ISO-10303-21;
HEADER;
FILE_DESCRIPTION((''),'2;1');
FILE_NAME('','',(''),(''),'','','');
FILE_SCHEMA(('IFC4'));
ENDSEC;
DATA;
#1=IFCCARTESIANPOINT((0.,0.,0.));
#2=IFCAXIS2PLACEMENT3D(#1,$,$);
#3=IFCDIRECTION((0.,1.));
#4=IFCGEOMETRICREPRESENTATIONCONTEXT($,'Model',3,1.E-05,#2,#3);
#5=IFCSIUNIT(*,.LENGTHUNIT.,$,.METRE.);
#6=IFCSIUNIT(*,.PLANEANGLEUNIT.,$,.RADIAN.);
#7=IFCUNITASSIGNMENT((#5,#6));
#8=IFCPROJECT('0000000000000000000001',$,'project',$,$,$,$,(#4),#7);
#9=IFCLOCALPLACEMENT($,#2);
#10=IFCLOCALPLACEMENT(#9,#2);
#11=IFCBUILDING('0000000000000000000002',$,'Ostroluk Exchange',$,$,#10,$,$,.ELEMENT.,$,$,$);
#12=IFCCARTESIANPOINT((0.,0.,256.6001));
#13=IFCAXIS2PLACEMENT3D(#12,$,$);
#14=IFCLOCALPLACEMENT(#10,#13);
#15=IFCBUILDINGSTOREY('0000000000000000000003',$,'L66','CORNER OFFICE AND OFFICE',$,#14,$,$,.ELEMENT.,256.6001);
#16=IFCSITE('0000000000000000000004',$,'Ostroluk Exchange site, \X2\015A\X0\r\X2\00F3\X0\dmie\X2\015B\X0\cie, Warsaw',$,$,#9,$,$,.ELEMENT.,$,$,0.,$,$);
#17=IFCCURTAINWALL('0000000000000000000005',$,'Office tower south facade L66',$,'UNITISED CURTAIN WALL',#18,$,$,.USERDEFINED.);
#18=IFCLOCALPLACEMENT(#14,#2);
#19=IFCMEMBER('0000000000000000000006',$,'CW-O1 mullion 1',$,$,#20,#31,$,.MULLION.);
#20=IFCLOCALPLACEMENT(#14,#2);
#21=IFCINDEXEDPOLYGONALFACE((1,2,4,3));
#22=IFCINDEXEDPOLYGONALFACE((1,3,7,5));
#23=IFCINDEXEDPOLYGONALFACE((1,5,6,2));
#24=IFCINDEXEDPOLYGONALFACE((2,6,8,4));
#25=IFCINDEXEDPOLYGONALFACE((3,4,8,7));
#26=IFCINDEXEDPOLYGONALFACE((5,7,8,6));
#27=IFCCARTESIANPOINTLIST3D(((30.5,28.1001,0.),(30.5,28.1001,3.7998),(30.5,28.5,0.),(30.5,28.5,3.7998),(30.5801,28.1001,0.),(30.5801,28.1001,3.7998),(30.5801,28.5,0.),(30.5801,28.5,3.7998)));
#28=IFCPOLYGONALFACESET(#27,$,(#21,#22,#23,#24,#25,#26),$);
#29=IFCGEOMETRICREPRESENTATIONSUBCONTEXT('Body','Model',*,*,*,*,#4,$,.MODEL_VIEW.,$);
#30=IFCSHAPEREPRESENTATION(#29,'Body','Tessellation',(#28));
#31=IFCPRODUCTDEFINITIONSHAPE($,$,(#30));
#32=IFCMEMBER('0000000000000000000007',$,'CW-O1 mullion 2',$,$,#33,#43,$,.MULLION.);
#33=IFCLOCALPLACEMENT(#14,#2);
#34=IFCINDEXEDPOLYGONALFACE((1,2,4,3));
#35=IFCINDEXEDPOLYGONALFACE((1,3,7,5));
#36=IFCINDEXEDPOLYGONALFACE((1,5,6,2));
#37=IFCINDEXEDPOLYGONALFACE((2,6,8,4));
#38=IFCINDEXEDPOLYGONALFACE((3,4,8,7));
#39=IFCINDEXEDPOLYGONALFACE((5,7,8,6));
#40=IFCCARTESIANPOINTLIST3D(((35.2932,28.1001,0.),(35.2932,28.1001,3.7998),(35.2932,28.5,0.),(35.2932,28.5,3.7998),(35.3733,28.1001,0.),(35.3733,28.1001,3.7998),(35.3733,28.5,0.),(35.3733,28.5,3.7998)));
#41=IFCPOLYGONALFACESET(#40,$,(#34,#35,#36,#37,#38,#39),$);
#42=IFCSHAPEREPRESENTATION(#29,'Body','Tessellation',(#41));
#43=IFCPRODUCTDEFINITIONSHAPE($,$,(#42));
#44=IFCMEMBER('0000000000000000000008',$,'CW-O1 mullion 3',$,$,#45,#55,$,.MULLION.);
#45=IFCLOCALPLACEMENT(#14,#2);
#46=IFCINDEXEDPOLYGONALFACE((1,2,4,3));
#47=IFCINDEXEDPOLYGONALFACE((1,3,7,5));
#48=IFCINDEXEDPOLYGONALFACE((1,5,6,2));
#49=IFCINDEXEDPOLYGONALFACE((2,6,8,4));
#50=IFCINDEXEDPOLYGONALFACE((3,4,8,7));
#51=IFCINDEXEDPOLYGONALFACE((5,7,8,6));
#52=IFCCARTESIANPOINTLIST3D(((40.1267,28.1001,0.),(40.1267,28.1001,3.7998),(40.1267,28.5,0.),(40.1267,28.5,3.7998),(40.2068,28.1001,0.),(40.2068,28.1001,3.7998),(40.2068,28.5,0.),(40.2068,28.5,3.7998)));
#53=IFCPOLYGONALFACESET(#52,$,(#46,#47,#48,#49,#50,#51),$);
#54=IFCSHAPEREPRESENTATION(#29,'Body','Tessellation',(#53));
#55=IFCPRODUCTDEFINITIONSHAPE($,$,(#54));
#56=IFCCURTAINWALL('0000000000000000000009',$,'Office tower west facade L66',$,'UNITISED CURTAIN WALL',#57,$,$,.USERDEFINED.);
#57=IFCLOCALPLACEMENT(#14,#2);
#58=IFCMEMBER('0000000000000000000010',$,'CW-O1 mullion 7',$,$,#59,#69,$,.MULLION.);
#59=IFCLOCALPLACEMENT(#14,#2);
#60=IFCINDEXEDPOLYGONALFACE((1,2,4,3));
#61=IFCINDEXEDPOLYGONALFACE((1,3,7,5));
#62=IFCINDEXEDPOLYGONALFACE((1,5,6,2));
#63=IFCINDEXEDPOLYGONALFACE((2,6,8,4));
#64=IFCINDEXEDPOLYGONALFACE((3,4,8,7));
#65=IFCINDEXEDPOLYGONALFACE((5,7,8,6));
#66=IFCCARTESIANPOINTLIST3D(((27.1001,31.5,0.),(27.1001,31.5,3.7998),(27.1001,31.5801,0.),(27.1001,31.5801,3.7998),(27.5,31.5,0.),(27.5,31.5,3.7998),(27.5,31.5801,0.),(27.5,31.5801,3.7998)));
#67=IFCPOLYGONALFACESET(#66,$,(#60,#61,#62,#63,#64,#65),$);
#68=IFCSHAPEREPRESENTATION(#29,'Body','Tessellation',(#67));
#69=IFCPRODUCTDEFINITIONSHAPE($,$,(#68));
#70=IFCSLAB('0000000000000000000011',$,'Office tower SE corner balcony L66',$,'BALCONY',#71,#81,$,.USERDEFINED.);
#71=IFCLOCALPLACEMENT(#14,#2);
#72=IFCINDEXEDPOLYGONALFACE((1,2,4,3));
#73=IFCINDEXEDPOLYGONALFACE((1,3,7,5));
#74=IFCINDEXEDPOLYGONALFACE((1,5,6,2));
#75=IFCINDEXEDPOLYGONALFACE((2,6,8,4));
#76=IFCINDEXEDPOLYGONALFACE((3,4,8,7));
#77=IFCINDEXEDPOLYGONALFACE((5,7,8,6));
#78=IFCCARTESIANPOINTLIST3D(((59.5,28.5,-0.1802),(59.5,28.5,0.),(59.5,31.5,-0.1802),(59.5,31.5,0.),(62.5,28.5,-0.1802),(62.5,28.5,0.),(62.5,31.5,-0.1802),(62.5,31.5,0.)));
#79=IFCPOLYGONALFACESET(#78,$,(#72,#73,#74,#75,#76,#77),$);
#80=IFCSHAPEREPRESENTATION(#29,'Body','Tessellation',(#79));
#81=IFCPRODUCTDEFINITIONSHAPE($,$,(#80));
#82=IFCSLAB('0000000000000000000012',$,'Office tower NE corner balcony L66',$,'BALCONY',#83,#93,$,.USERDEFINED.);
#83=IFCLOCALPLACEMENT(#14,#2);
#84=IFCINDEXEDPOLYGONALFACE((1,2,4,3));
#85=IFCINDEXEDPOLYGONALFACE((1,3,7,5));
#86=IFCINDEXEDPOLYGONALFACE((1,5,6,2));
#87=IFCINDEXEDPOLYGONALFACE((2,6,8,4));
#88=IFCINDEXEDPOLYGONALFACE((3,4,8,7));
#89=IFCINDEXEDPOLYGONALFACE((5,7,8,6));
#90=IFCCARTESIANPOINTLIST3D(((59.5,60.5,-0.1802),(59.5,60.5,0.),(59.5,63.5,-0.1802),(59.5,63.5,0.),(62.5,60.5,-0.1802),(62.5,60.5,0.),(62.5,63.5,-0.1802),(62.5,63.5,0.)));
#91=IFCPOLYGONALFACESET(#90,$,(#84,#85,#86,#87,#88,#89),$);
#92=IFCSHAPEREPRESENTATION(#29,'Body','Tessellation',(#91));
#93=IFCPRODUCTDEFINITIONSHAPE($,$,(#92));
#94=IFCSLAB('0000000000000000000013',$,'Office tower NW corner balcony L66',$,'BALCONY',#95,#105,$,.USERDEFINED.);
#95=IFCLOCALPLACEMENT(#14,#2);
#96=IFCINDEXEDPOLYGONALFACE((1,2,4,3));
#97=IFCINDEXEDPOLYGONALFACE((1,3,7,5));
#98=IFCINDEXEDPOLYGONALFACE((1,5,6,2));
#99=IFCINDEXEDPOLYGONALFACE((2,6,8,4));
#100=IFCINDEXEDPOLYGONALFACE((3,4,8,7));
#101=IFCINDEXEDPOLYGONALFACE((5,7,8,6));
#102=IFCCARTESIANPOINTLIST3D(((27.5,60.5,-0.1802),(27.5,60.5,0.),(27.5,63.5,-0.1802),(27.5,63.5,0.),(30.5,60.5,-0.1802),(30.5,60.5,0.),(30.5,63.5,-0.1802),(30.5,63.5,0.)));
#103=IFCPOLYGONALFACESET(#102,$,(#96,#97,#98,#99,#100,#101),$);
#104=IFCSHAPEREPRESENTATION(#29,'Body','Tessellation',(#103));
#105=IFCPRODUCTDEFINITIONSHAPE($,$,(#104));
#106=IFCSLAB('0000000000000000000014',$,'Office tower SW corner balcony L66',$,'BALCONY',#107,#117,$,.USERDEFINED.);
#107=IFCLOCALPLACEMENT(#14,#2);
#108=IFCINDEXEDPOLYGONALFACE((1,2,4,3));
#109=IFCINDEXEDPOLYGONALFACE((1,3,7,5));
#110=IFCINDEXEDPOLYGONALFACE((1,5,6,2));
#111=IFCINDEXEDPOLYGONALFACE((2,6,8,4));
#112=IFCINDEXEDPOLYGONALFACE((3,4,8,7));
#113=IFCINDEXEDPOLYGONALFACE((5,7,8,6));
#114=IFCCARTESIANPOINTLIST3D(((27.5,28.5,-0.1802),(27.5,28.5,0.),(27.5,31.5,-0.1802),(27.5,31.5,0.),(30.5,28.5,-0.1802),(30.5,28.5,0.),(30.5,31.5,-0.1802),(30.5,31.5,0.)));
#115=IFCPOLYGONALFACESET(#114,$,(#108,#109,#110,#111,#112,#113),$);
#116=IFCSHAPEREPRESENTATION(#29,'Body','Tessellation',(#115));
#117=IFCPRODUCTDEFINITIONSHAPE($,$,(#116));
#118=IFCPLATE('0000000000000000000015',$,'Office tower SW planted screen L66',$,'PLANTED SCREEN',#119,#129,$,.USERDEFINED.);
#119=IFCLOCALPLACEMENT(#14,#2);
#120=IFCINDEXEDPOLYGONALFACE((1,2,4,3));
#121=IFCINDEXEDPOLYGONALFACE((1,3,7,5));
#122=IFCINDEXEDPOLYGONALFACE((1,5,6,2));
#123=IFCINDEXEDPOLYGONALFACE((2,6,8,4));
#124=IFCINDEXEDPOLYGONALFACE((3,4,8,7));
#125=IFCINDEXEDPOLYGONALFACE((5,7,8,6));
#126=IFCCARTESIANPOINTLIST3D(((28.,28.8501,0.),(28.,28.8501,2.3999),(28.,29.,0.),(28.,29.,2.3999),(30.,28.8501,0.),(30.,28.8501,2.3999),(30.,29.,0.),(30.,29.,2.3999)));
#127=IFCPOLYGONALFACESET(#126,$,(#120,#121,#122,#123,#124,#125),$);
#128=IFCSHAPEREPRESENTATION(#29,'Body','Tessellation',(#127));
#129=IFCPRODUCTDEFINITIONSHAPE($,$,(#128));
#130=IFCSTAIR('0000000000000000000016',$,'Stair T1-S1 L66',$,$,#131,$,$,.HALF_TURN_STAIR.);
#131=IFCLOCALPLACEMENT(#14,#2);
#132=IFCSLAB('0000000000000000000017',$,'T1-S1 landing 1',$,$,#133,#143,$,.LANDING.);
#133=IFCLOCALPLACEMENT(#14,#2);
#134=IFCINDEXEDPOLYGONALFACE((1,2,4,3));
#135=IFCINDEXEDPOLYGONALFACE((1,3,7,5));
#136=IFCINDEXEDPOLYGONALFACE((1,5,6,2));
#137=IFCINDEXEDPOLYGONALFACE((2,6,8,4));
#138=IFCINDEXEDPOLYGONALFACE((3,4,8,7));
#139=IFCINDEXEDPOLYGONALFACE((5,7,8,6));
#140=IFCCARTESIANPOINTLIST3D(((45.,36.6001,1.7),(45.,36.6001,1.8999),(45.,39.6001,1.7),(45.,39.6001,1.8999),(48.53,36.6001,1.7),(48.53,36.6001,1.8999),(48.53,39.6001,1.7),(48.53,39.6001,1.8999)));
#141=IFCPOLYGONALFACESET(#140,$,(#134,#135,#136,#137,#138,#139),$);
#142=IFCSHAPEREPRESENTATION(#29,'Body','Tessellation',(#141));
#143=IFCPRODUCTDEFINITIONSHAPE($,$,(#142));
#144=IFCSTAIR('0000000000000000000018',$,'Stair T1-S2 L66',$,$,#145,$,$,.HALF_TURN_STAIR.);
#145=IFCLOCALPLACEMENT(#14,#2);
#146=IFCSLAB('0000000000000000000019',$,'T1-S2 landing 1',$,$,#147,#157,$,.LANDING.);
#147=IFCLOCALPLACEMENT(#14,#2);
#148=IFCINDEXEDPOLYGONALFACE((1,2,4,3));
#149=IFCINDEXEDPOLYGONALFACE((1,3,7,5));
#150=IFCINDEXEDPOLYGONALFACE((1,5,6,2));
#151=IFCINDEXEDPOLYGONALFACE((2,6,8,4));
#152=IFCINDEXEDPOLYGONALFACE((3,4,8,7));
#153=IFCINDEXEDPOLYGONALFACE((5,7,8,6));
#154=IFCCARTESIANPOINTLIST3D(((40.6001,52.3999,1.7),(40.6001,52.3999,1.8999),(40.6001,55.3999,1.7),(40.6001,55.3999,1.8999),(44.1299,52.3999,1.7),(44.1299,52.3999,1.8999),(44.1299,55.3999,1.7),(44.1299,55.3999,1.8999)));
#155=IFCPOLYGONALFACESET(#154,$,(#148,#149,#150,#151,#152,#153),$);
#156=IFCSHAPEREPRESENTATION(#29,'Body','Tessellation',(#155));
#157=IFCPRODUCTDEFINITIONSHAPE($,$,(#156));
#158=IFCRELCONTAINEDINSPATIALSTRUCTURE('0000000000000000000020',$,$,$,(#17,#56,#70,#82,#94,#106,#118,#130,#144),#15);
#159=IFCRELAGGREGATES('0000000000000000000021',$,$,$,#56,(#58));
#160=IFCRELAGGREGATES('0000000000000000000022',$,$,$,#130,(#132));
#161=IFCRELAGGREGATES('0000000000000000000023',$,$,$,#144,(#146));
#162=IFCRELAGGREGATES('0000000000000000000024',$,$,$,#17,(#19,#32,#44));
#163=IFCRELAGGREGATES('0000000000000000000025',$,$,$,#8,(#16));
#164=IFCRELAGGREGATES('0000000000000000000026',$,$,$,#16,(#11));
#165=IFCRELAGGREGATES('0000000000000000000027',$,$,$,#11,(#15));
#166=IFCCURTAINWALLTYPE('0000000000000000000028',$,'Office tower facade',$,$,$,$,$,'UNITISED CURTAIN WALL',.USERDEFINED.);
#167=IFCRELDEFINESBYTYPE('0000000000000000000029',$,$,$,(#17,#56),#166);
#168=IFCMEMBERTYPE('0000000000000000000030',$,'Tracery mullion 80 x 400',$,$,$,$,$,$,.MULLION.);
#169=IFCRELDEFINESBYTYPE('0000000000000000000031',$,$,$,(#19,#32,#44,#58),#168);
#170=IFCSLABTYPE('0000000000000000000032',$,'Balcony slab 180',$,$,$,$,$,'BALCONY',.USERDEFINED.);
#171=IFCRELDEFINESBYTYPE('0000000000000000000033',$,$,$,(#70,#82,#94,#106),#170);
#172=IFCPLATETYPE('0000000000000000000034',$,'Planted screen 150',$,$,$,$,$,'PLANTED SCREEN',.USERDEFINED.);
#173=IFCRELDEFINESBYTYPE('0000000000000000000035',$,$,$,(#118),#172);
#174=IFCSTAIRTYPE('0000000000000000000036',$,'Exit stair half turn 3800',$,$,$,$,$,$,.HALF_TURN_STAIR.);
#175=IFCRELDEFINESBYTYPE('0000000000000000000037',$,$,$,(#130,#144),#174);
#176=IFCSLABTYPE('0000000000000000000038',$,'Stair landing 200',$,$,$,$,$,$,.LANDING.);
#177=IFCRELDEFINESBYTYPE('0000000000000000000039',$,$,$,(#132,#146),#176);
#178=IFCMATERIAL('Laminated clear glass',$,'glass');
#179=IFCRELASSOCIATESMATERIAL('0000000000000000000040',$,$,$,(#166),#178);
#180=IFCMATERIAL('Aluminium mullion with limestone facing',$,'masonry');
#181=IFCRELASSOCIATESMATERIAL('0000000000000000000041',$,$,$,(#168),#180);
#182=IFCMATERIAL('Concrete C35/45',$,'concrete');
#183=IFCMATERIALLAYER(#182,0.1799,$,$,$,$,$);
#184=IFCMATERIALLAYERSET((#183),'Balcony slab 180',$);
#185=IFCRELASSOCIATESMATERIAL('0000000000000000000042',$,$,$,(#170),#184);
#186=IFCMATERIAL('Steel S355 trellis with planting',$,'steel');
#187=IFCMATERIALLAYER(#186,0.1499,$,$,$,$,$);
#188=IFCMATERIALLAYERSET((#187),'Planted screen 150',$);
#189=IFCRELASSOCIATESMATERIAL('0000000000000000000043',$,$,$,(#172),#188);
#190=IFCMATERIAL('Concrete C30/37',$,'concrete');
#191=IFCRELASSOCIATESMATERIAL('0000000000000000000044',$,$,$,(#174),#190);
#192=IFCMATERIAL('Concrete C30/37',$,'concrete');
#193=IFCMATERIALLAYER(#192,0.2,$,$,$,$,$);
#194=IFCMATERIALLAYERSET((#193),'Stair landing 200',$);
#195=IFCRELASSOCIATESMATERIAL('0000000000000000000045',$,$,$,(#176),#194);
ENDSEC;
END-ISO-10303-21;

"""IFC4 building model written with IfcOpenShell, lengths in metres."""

from ifc_helpers import new_model, si_unit, direction, frame, origin, origin_2d, place, context, subcontext, project, spatial, polyline, rectangle, outline, extrude, material, layer, layer_set, material_profile, profile_set, type_object, element, aggregate, save


model = new_model("IFC4")

# Units and contexts
model_context = context("Model", 3, precision=1e-05, world=origin(), true_north=direction((0.0, 1.0)))
body_context = subcontext(model_context, "Body", "Model", "MODEL_VIEW")
ifc_project = project(units=[si_unit("LENGTHUNIT", "METRE"), si_unit("PLANEANGLEUNIT", "RADIAN")], contexts=[model_context])

# Site, building, storey
site_placement = place(None, origin())
site = spatial("IfcSite", under=ifc_project, at=site_placement, Name="Ostroluk Exchange site, Śródmieście, Warsaw", CompositionType="ELEMENT", RefElevation=0.0)
building_placement = place(site_placement, origin())
building = spatial("IfcBuilding", under=site, at=building_placement, Name="Ostroluk Exchange", CompositionType="ELEMENT")
storey_placement = place(building_placement, frame((0.0, 0.0, 256.6001)))
storey = spatial("IfcBuildingStorey", under=building, at=storey_placement, Name="L66", Description="CORNER OFFICE AND OFFICE", CompositionType="ELEMENT", Elevation=256.6001)

# Curtain wall, members
ifc_material_1 = material(Name="Laminated clear glass", Category="glass")
curtain_wall_type = type_object("IfcCurtainWallType", Name="Office tower facade", ElementType="UNITISED CURTAIN WALL", PredefinedType="USERDEFINED", material=ifc_material_1)
curtain_wall_1_placement = place(storey_placement, origin())
curtain_wall_1 = element("IfcCurtainWall", 1, at=curtain_wall_1_placement, inside=storey, type_object=curtain_wall_type, Name="Office tower south facade L66", ObjectType="UNITISED CURTAIN WALL", PredefinedType="USERDEFINED")
ifc_material_2 = material(Name="Aluminium mullion with limestone facing", Category="masonry")
ifc_material_profile_1 = material_profile(ifc_material_2, rectangle(XDim=0.3999, YDim=0.0801, at=origin_2d()), Name="Tracery mullion 80 x 400")
ifc_profile_set_1 = profile_set([ifc_material_profile_1], Name="Aluminium mullion with limestone facing")
member_type_1 = type_object("IfcMemberType", Name="Tracery mullion 80 x 400", PredefinedType="MULLION", material=ifc_profile_set_1)
member_1_placement = place(storey_placement, frame((30.54, 28.3, 0.0), z_axis=(0.0, 0.0, 1.0), x_axis=(0.0, 1.0, 0.0)))
member_1 = element("IfcMember", 2, at=member_1_placement, type_object=member_type_1, Name="CW-O1 mullion 1", PredefinedType="MULLION", context=body_context, shape_type="SweptSolid", body=[
    extrude(rectangle(XDim=0.3999, YDim=0.0801, at=origin_2d()), origin(), (0.0, 0.0, 1.0), 3.7998),
])
member_2_placement = place(storey_placement, frame((35.3333, 28.3, 0.0), z_axis=(0.0, 0.0, 1.0), x_axis=(0.0, 1.0, 0.0)))
member_2 = element("IfcMember", 3, at=member_2_placement, type_object=member_type_1, Name="CW-O1 mullion 2", PredefinedType="MULLION", context=body_context, shape_type="SweptSolid", body=[
    extrude(rectangle(XDim=0.3999, YDim=0.0801, at=origin_2d()), origin(), (0.0, 0.0, 1.0), 3.7998),
])
member_3_placement = place(storey_placement, frame((40.1667, 28.3, 0.0), z_axis=(0.0, 0.0, 1.0), x_axis=(0.0, 1.0, 0.0)))
member_3 = element("IfcMember", 4, at=member_3_placement, type_object=member_type_1, Name="CW-O1 mullion 3", PredefinedType="MULLION", context=body_context, shape_type="SweptSolid", body=[
    extrude(rectangle(XDim=0.3999, YDim=0.0801, at=origin_2d()), origin(), (0.0, 0.0, 1.0), 3.7998),
])

# Curtain wall, member
curtain_wall_2_placement = place(storey_placement, origin())
curtain_wall_2 = element("IfcCurtainWall", 5, at=curtain_wall_2_placement, inside=storey, type_object=curtain_wall_type, Name="Office tower west facade L66", ObjectType="UNITISED CURTAIN WALL", PredefinedType="USERDEFINED")
member_4_placement = place(storey_placement, frame((27.3, 31.54, 0.0), z_axis=(0.0, 0.0, 1.0), x_axis=(1.0, 0.0, 0.0)))
member_4 = element("IfcMember", 6, at=member_4_placement, type_object=member_type_1, Name="CW-O1 mullion 7", PredefinedType="MULLION", context=body_context, shape_type="SweptSolid", body=[
    extrude(rectangle(XDim=0.3999, YDim=0.0801, at=origin_2d()), origin(), (0.0, 0.0, 1.0), 3.7998),
])
aggregate(curtain_wall_2, [member_4])

# Slabs
ifc_material_3 = material(Name="Concrete C35/45", Category="concrete")
ifc_layer_1 = layer(ifc_material_3, 0.1799)
ifc_layer_set_1 = layer_set([ifc_layer_1], Name="Balcony slab 180")
slab_type_1 = type_object("IfcSlabType", Name="Balcony slab 180", ElementType="BALCONY", PredefinedType="USERDEFINED", material=ifc_layer_set_1)
slab_1_placement = place(storey_placement, frame((0.0, 0.0, -0.1802)))
element("IfcSlab", 7, at=slab_1_placement, inside=storey, type_object=slab_type_1, Name="Office tower SE corner balcony L66", ObjectType="BALCONY", PredefinedType="USERDEFINED", context=body_context, shape_type="SweptSolid", body=[
    extrude(outline(polyline([(59.5, 28.5), (62.5, 28.5), (62.5, 31.5), (59.5, 31.5), (59.5, 28.5)])), origin(), (0.0, 0.0, 1.0), 0.1802),
])
slab_2_placement = place(storey_placement, frame((0.0, 0.0, -0.1802)))
element("IfcSlab", 8, at=slab_2_placement, inside=storey, type_object=slab_type_1, Name="Office tower NE corner balcony L66", ObjectType="BALCONY", PredefinedType="USERDEFINED", context=body_context, shape_type="SweptSolid", body=[
    extrude(outline(polyline([(59.5, 60.5), (62.5, 60.5), (62.5, 63.5), (59.5, 63.5), (59.5, 60.5)])), origin(), (0.0, 0.0, 1.0), 0.1802),
])
slab_3_placement = place(storey_placement, frame((0.0, 0.0, -0.1802)))
element("IfcSlab", 9, at=slab_3_placement, inside=storey, type_object=slab_type_1, Name="Office tower NW corner balcony L66", ObjectType="BALCONY", PredefinedType="USERDEFINED", context=body_context, shape_type="SweptSolid", body=[
    extrude(outline(polyline([(27.5, 60.5), (30.5, 60.5), (30.5, 63.5), (27.5, 63.5), (27.5, 60.5)])), origin(), (0.0, 0.0, 1.0), 0.1802),
])
slab_4_placement = place(storey_placement, frame((0.0, 0.0, -0.1802)))
element("IfcSlab", 10, at=slab_4_placement, inside=storey, type_object=slab_type_1, Name="Office tower SW corner balcony L66", ObjectType="BALCONY", PredefinedType="USERDEFINED", context=body_context, shape_type="SweptSolid", body=[
    extrude(outline(polyline([(27.5, 28.5), (30.5, 28.5), (30.5, 31.5), (27.5, 31.5), (27.5, 28.5)])), origin(), (0.0, 0.0, 1.0), 0.1802),
])

# Plate
ifc_material_4 = material(Name="Steel S355 trellis with planting", Category="steel")
ifc_layer_2 = layer(ifc_material_4, 0.1499)
ifc_layer_set_2 = layer_set([ifc_layer_2], Name="Planted screen 150")
plate_type_1 = type_object("IfcPlateType", Name="Planted screen 150", ElementType="PLANTED SCREEN", PredefinedType="USERDEFINED", material=ifc_layer_set_2)
plate_1_placement = place(storey_placement, frame((29.0, 28.925, 0.0), z_axis=(0.0, 0.0, 1.0), x_axis=(1.0, 0.0, 0.0)))
element("IfcPlate", 11, at=plate_1_placement, inside=storey, type_object=plate_type_1, Name="Office tower SW planted screen L66", ObjectType="PLANTED SCREEN", PredefinedType="USERDEFINED", context=body_context, shape_type="SweptSolid", body=[
    extrude(rectangle(XDim=2.0, YDim=0.1499, at=origin_2d()), origin(), (0.0, 0.0, 1.0), 2.3999),
])

# Stairs, slabs
ifc_material_5 = material(Name="Concrete C30/37", Category="concrete")
stair_type = type_object("IfcStairType", Name="Exit stair half turn 3800", PredefinedType="HALF_TURN_STAIR", material=ifc_material_5)
stair_1_placement = place(storey_placement, origin())
stair_1 = element("IfcStair", 12, at=stair_1_placement, inside=storey, type_object=stair_type, Name="Stair T1-S1 L66", PredefinedType="HALF_TURN_STAIR")
ifc_material_6 = material(Name="Concrete C30/37", Category="concrete")
ifc_layer_3 = layer(ifc_material_6, 0.2)
ifc_layer_set_3 = layer_set([ifc_layer_3], Name="Stair landing 200")
slab_type_2 = type_object("IfcSlabType", Name="Stair landing 200", PredefinedType="LANDING", material=ifc_layer_set_3)
slab_5_placement = place(storey_placement, frame((0.0, 0.0, 1.7)))
slab_5 = element("IfcSlab", 13, at=slab_5_placement, type_object=slab_type_2, Name="T1-S1 landing 1", PredefinedType="LANDING", context=body_context, shape_type="SweptSolid", body=[
    extrude(outline(polyline([(45.0, 36.6001), (45.0, 39.6001), (48.53, 39.6001), (48.53, 36.6001), (45.0, 36.6001)])), origin(), (0.0, 0.0, 1.0), 0.2),
])
aggregate(stair_1, [slab_5])
stair_2_placement = place(storey_placement, origin())
stair_2 = element("IfcStair", 14, at=stair_2_placement, inside=storey, type_object=stair_type, Name="Stair T1-S2 L66", PredefinedType="HALF_TURN_STAIR")
slab_6_placement = place(storey_placement, frame((0.0, 0.0, 1.7)))
slab_6 = element("IfcSlab", 15, at=slab_6_placement, type_object=slab_type_2, Name="T1-S2 landing 1", PredefinedType="LANDING", context=body_context, shape_type="SweptSolid", body=[
    extrude(outline(polyline([(44.1299, 52.3999), (44.1299, 55.3999), (40.6001, 55.3999), (40.6001, 52.3999), (44.1299, 52.3999)])), origin(), (0.0, 0.0, 1.0), 0.2),
])
aggregate(stair_2, [slab_6])

aggregate(curtain_wall_1, [member_1, member_2, member_3])

save(model, "model.ifc")
